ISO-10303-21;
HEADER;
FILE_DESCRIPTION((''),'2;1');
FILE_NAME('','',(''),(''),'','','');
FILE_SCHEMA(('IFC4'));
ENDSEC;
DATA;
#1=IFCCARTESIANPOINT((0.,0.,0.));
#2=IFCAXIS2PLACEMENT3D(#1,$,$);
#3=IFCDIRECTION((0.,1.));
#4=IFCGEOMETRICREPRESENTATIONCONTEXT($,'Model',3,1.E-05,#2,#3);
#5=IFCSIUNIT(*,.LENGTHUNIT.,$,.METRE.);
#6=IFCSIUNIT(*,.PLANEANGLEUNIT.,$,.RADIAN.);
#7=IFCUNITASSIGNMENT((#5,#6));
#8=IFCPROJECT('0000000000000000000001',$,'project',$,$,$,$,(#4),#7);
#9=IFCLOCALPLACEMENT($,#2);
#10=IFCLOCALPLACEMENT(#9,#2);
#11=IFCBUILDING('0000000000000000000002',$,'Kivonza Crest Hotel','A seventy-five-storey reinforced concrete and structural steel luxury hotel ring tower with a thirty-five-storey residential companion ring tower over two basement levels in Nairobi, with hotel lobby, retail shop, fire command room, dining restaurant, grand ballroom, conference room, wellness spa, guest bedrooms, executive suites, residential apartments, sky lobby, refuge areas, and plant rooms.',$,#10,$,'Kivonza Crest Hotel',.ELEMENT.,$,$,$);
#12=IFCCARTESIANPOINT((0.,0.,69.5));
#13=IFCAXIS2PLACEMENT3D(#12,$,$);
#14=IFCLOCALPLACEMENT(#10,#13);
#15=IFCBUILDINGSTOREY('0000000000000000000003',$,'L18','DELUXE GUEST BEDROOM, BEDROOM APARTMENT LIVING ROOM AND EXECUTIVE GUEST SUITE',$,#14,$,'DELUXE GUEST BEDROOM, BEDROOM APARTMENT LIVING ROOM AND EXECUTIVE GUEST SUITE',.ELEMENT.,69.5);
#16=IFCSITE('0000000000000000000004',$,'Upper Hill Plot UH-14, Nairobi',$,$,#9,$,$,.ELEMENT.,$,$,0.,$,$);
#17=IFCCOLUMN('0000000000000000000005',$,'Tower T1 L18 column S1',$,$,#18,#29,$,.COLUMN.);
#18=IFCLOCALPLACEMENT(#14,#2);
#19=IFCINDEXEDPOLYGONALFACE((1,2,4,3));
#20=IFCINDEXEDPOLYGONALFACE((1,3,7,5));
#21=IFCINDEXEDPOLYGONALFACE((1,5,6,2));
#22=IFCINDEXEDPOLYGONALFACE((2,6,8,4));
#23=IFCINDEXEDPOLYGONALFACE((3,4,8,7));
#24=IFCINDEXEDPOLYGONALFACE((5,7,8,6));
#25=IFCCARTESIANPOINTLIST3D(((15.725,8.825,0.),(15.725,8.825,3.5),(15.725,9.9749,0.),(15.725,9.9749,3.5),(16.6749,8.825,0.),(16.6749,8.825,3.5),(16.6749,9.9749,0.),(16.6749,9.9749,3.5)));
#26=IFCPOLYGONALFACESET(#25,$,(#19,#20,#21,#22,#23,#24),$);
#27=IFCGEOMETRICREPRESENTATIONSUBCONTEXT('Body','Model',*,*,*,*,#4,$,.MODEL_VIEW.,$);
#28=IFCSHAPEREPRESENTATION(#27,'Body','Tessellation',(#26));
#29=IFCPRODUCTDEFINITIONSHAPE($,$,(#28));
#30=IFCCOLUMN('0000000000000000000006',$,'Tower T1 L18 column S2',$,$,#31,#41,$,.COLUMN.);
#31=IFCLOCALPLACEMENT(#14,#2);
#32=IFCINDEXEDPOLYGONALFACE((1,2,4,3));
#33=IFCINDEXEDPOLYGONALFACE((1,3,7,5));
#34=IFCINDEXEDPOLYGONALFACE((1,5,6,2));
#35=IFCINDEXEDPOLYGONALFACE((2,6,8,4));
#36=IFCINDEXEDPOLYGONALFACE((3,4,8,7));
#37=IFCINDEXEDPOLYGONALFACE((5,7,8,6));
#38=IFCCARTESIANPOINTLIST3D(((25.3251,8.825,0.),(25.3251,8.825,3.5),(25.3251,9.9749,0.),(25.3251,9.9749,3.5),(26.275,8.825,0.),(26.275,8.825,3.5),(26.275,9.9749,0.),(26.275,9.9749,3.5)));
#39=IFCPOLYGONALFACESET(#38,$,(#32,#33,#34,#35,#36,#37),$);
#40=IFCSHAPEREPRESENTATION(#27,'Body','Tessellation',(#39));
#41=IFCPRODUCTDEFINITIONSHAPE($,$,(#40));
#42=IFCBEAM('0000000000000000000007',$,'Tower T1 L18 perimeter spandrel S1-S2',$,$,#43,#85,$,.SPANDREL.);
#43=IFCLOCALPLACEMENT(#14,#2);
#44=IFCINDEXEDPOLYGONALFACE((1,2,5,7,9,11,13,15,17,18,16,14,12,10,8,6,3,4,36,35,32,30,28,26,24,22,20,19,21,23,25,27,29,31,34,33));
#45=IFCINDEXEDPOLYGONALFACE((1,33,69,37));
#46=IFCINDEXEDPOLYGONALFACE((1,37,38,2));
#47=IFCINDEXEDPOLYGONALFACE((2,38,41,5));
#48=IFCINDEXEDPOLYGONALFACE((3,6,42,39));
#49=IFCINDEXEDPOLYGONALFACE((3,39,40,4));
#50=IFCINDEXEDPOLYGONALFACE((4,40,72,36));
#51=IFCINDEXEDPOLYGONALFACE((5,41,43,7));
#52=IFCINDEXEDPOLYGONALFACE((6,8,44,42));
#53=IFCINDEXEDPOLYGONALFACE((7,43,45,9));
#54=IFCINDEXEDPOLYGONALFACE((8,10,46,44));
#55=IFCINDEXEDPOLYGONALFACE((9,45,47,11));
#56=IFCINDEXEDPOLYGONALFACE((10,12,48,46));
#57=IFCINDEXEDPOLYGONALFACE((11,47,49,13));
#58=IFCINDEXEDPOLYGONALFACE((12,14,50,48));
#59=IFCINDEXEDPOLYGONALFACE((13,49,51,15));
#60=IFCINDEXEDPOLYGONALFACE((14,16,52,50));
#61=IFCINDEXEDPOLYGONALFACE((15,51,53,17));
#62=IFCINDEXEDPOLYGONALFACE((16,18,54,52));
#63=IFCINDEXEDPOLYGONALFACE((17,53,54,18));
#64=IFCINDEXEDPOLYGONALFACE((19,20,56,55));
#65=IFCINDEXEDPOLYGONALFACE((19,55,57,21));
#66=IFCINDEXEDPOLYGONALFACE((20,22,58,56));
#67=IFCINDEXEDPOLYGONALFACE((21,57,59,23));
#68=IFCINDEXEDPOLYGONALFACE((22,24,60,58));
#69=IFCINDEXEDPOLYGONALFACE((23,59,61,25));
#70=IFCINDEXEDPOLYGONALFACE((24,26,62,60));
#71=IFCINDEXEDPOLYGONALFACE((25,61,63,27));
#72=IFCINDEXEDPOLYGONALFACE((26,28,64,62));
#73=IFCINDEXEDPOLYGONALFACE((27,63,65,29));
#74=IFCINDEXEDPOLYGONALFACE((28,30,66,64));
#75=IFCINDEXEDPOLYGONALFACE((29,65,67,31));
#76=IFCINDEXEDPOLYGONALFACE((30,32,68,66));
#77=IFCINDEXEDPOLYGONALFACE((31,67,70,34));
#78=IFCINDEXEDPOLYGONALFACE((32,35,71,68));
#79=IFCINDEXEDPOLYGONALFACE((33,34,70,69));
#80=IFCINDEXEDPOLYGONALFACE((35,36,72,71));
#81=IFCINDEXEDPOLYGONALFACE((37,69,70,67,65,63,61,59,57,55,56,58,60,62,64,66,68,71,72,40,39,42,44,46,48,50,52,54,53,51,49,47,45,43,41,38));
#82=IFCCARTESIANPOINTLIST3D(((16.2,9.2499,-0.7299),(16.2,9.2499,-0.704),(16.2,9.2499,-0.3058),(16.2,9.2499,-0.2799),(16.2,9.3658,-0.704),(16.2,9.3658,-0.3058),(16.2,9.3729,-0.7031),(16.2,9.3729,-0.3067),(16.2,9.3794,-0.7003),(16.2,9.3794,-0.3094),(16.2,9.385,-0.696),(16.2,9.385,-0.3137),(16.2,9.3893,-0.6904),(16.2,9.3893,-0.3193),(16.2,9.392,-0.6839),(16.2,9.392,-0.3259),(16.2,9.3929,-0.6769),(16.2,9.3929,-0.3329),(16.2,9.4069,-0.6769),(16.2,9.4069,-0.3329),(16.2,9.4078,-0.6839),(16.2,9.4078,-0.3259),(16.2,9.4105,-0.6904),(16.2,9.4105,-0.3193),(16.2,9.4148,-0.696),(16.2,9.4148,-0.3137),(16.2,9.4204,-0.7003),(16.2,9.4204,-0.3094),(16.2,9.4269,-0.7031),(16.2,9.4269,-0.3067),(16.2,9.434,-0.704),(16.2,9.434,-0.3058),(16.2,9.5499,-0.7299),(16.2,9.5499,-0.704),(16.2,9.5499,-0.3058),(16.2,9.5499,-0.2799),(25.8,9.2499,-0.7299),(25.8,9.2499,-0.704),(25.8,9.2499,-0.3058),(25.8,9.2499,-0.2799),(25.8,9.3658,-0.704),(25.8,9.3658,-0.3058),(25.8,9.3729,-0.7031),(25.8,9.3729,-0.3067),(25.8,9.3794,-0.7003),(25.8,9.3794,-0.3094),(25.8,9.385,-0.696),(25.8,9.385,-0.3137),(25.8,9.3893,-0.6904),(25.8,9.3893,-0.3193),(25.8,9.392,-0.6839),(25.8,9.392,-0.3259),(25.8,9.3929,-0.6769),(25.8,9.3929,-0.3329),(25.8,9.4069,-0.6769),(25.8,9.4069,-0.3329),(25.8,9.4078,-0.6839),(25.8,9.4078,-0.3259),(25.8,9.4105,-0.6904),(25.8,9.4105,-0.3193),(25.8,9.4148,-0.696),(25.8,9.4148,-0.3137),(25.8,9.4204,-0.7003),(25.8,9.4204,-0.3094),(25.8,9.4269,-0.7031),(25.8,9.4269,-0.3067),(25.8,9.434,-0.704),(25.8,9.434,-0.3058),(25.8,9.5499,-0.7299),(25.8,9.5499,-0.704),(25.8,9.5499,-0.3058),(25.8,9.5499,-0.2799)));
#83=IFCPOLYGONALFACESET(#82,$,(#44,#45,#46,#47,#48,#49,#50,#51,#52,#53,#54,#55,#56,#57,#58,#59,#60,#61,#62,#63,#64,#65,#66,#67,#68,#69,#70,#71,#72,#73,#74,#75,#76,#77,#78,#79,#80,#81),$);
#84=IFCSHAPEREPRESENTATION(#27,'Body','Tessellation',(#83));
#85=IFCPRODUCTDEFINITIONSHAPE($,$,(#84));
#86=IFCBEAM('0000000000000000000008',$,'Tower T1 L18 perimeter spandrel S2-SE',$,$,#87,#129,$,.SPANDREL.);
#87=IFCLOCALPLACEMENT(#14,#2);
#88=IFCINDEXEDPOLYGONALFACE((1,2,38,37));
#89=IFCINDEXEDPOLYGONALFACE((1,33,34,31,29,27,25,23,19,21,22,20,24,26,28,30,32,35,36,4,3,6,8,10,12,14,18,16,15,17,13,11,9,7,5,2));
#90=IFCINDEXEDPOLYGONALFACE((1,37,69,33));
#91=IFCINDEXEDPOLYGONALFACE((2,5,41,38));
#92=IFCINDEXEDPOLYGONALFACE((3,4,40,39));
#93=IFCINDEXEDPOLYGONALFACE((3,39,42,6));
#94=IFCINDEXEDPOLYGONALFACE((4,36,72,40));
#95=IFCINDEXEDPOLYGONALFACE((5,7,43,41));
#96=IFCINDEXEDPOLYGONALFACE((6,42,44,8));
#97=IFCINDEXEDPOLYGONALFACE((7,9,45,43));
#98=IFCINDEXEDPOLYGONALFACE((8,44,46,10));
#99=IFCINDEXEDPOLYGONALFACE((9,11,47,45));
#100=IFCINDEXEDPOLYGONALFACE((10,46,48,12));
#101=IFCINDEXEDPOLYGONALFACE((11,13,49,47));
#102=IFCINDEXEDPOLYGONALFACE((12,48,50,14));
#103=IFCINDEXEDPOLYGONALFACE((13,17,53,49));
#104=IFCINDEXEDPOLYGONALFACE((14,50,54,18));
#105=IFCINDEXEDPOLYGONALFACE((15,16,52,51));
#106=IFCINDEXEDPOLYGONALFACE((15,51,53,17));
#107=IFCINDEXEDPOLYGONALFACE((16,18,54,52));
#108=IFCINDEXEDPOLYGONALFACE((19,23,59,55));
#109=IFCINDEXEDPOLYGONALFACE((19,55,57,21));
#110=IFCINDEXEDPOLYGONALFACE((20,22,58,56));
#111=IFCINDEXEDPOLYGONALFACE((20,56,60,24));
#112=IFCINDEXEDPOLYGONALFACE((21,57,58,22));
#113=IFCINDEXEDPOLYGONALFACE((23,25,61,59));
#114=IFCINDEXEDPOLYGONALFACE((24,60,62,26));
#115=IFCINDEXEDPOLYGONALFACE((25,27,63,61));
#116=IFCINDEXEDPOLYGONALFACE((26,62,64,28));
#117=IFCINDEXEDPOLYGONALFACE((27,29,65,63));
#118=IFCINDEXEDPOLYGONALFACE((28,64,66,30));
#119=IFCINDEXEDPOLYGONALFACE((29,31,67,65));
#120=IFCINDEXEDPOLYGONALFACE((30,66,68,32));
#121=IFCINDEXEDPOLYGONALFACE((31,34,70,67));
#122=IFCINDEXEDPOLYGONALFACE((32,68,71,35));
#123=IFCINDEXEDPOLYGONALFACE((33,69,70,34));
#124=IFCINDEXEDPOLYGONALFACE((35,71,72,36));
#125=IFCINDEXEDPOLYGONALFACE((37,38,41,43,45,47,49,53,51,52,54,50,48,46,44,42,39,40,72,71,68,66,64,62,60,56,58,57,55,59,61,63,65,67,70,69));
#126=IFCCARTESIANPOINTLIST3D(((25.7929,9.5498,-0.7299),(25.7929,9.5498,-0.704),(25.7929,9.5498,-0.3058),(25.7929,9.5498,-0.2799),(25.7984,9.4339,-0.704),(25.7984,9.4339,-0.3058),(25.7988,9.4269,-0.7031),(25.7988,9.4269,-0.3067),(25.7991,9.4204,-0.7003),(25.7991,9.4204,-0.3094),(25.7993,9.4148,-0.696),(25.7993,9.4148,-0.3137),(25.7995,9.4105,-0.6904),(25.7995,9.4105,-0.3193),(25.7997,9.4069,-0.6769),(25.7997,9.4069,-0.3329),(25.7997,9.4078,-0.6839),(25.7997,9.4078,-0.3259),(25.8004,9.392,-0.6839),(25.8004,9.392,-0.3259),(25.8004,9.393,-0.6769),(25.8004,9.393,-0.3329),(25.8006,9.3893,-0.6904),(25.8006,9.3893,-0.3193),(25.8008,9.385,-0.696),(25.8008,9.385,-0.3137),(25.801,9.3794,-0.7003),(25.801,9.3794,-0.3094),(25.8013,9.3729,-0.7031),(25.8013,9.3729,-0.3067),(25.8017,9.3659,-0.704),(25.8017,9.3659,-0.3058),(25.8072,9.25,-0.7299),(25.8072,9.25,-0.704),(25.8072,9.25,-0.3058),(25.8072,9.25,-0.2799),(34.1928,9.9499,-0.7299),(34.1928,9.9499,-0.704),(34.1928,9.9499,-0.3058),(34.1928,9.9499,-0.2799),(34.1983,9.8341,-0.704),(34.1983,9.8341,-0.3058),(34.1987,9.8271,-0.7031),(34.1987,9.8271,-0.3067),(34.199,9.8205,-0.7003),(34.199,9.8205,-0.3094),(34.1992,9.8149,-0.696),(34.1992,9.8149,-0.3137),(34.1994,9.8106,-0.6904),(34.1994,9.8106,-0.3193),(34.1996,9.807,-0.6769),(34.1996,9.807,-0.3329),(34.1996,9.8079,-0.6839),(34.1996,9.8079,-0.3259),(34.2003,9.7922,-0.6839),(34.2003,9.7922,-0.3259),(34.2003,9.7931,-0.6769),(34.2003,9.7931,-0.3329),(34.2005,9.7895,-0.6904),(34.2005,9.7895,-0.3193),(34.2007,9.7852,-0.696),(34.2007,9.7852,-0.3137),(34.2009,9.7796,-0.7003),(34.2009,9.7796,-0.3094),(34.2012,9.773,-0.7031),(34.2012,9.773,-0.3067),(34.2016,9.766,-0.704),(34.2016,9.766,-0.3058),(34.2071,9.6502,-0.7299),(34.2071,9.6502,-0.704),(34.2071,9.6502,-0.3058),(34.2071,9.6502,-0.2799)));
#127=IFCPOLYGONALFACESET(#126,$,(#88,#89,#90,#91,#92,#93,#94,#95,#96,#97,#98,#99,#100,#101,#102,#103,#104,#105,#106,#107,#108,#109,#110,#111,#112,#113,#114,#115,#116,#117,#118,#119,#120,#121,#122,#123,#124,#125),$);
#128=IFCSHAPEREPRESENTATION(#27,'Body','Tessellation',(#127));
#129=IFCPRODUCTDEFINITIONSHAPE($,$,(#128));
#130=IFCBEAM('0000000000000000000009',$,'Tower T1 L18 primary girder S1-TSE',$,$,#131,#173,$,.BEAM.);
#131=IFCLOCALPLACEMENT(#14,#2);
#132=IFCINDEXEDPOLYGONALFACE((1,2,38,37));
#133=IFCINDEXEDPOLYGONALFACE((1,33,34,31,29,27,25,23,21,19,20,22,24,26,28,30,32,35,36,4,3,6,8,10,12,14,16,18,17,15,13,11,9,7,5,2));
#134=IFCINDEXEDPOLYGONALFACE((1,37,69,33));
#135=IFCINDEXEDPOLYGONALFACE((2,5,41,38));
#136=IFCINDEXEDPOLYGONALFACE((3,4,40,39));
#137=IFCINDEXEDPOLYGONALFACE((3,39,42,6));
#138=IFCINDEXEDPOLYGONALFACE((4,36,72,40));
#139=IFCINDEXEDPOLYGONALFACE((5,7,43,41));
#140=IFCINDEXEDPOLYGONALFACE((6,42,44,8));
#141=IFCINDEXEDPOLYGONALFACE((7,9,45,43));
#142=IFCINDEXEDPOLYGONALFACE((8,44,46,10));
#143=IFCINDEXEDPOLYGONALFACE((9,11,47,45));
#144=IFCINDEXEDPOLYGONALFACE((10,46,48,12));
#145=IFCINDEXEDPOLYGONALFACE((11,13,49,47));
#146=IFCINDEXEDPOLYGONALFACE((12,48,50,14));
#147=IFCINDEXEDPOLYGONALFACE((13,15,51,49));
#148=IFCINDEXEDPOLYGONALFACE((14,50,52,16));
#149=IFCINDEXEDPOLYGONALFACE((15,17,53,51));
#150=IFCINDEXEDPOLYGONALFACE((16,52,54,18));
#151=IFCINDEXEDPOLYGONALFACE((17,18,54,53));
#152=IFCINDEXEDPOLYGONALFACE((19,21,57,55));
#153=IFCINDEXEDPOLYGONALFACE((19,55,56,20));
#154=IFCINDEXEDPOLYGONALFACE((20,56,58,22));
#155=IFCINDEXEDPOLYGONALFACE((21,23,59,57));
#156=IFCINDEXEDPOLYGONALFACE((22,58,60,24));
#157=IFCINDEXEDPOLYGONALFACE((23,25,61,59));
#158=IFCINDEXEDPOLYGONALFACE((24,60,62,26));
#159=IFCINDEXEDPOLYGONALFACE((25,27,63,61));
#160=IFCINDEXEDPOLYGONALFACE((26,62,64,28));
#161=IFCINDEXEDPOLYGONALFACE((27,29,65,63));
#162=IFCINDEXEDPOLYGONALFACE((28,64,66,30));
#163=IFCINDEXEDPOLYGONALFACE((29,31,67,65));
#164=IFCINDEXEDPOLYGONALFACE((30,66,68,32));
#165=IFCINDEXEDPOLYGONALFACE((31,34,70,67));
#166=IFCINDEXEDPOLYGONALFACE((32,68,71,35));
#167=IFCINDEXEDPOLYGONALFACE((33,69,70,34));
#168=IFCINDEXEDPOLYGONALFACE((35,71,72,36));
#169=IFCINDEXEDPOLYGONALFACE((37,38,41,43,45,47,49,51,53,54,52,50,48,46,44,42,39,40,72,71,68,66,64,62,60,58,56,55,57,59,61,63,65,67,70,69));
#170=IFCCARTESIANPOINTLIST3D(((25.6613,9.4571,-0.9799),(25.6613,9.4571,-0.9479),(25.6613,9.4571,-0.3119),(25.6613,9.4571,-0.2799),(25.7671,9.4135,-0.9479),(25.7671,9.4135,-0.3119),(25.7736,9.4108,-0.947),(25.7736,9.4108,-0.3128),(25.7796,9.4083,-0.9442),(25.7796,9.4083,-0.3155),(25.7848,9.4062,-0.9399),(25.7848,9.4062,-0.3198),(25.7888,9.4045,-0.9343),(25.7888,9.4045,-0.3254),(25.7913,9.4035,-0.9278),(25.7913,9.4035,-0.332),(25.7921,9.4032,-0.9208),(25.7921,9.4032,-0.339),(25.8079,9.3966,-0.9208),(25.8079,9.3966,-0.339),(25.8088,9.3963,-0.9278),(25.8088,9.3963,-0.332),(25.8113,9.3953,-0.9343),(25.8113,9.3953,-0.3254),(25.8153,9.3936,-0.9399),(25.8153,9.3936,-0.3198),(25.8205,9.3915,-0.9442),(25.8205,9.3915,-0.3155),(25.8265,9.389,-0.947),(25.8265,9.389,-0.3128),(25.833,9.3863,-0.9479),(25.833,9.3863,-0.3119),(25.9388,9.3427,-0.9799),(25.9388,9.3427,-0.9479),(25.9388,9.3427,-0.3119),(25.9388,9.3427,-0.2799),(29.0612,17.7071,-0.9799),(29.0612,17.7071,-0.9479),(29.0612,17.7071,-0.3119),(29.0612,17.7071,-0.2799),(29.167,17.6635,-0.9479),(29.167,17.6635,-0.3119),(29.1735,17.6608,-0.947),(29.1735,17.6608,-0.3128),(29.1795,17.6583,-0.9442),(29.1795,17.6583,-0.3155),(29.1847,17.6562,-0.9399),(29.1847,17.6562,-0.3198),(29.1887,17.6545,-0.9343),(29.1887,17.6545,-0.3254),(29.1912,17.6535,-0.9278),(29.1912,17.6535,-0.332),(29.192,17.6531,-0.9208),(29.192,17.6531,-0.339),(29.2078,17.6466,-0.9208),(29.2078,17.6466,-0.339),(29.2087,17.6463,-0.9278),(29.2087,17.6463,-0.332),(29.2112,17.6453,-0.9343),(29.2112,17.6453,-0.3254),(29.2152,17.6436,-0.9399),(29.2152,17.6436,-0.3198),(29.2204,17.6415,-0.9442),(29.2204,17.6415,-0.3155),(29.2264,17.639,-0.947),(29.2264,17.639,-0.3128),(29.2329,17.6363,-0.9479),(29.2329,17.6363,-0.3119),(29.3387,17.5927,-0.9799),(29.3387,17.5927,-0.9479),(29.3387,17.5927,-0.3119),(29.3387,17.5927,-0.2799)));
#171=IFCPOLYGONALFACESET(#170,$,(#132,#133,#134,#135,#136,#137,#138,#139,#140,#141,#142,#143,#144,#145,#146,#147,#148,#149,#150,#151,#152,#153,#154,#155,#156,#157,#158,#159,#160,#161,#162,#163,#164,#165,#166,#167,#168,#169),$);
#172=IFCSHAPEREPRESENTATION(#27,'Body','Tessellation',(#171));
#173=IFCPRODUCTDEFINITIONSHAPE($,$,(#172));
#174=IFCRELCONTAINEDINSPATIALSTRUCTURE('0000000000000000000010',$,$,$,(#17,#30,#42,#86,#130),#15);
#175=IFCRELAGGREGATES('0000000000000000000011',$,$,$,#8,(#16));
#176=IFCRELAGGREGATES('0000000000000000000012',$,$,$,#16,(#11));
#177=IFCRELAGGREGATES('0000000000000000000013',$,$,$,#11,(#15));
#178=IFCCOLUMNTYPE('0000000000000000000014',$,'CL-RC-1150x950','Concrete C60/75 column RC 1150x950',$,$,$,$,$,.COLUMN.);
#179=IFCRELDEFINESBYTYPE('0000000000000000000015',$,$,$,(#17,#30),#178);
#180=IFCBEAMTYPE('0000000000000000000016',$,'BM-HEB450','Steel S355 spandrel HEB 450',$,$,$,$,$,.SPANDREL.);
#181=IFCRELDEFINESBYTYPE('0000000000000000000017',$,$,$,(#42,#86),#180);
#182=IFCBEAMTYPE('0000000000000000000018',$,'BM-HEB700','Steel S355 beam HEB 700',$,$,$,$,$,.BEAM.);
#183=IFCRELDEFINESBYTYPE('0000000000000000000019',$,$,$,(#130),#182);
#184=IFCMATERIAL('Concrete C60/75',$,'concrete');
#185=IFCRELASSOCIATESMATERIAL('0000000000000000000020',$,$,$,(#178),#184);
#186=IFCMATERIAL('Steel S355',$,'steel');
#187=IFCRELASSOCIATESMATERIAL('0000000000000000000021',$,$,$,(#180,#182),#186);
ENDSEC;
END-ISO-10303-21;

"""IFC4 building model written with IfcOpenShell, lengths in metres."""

from ifc_helpers import new_model, si_unit, direction, frame, origin, origin_2d, place, context, subcontext, project, spatial, rectangle, i_section, extrude, material, material_profile, profile_set, type_object, element, save


model = new_model("IFC4")

# Units and contexts
model_context = context("Model", 3, precision=1e-05, world=origin(), true_north=direction((0.0, 1.0)))
body_context = subcontext(model_context, "Body", "Model", "MODEL_VIEW")
ifc_project = project(units=[si_unit("LENGTHUNIT", "METRE"), si_unit("PLANEANGLEUNIT", "RADIAN")], contexts=[model_context])

# Site, building, storey
site_placement = place(None, origin())
site = spatial("IfcSite", under=ifc_project, at=site_placement, Name="Upper Hill Plot UH-14, Nairobi", CompositionType="ELEMENT", RefElevation=0.0)
building_placement = place(site_placement, origin())
building = spatial("IfcBuilding", under=site, at=building_placement, Name="Kivonza Crest Hotel", Description="A seventy-five-storey reinforced concrete and structural steel luxury hotel ring tower with a thirty-five-storey residential companion ring tower over two basement levels in Nairobi, with hotel lobby, retail shop, fire command room, dining restaurant, grand ballroom, conference room, wellness spa, guest bedrooms, executive suites, residential apartments, sky lobby, refuge areas, and plant rooms.", LongName="Kivonza Crest Hotel", CompositionType="ELEMENT")
storey_placement = place(building_placement, frame((0.0, 0.0, 69.5)))
storey = spatial("IfcBuildingStorey", under=building, at=storey_placement, Name="L18", Description="DELUXE GUEST BEDROOM, BEDROOM APARTMENT LIVING ROOM AND EXECUTIVE GUEST SUITE", LongName="DELUXE GUEST BEDROOM, BEDROOM APARTMENT LIVING ROOM AND EXECUTIVE GUEST SUITE", CompositionType="ELEMENT", Elevation=69.5)

# Columns
ifc_material_1 = material(Name="Concrete C60/75", Category="concrete")
ifc_material_profile_1 = material_profile(ifc_material_1, rectangle(XDim=0.95, YDim=1.1499, at=origin_2d()), Name="RC 1150x950")
ifc_profile_set_1 = profile_set([ifc_material_profile_1], Name="Concrete C60/75")
column_type = type_object("IfcColumnType", Name="CL-RC-1150x950", Description="Concrete C60/75 column RC 1150x950", PredefinedType="COLUMN", material=ifc_profile_set_1)
for number, where, z_axis, x_axis, name in (
    (1, (16.2, 9.3999, 0.0), (0.0, 0.0, 1.0), (1.0, 0.0, 0.0), "Tower T1 L18 column S1"),
    (2, (25.8, 9.3999, 0.0), (0.0, 0.0, 1.0), (1.0, 0.0, 0.0), "Tower T1 L18 column S2"),
):
    element("IfcColumn", number, at=place(storey_placement, frame(where, z_axis=z_axis, x_axis=x_axis)), inside=storey, type_object=column_type, Name=name, PredefinedType="COLUMN", context=body_context, shape_type="SweptSolid", body=[
        extrude(rectangle(XDim=0.95, YDim=1.1499, at=origin_2d()), origin(), (0.0, 0.0, 1.0), 3.5),
    ])

# Beams
ifc_material_2 = material(Name="Steel S355", Category="steel")
ifc_material_profile_2 = material_profile(ifc_material_2, i_section(OverallWidth=0.3, OverallDepth=0.45, WebThickness=0.0139, FlangeThickness=0.0259, FilletRadius=0.0271, at=origin_2d()), Name="HEB 450")
ifc_profile_set_2 = profile_set([ifc_material_profile_2], Name="Steel S355")
beam_type_1 = type_object("IfcBeamType", Name="BM-HEB450", Description="Steel S355 spandrel HEB 450", PredefinedType="SPANDREL", material=ifc_profile_set_2)
beam_1_placement = place(storey_placement, frame((16.2, 9.3999, -0.5049), z_axis=(1.0, 0.0, 0.0), x_axis=(0.0, 1.0, 0.0)))
element("IfcBeam", 3, at=beam_1_placement, inside=storey, type_object=beam_type_1, Name="Tower T1 L18 perimeter spandrel S1-S2", PredefinedType="SPANDREL", context=body_context, shape_type="SweptSolid", body=[
    extrude(i_section(OverallWidth=0.3, OverallDepth=0.45, WebThickness=0.0139, FlangeThickness=0.0259, FilletRadius=0.0271, at=origin_2d()), origin(), (0.0, 0.0, 1.0), 9.6001),
])
beam_2_placement = place(storey_placement, frame((25.8, 9.3999, -0.5049), z_axis=(0.998867, 0.047583, 0.0), x_axis=(-0.047583, 0.998867, 0.0)))
element("IfcBeam", 4, at=beam_2_placement, inside=storey, type_object=beam_type_1, Name="Tower T1 L18 perimeter spandrel S2-SE", PredefinedType="SPANDREL", context=body_context, shape_type="SweptSolid", body=[
    extrude(i_section(OverallWidth=0.3, OverallDepth=0.45, WebThickness=0.0139, FlangeThickness=0.0259, FilletRadius=0.0271, at=origin_2d()), origin(), (0.0, 0.0, 1.0), 8.4094),
])
ifc_material_profile_3 = material_profile(ifc_material_2, i_section(OverallWidth=0.3, OverallDepth=0.7, WebThickness=0.0171, FlangeThickness=0.032, FilletRadius=0.0271, at=origin_2d()), Name="HEB 700")
ifc_profile_set_3 = profile_set([ifc_material_profile_3], Name="Steel S355")
beam_type_2 = type_object("IfcBeamType", Name="BM-HEB700", Description="Steel S355 beam HEB 700", PredefinedType="BEAM", material=ifc_profile_set_3)
beam_3_placement = place(storey_placement, frame((25.8, 9.3999, -0.6299), z_axis=(0.381022, 0.924566, 0.0), x_axis=(-0.924566, 0.381022, 0.0)))
element("IfcBeam", 5, at=beam_3_placement, inside=storey, type_object=beam_type_2, Name="Tower T1 L18 primary girder S1-TSE", PredefinedType="BEAM", context=body_context, shape_type="SweptSolid", body=[
    extrude(i_section(OverallWidth=0.3, OverallDepth=0.7, WebThickness=0.0171, FlangeThickness=0.032, FilletRadius=0.0271, at=origin_2d()), origin(), (0.0, 0.0, 1.0), 8.9231),
])

save(model, "model.ifc")
